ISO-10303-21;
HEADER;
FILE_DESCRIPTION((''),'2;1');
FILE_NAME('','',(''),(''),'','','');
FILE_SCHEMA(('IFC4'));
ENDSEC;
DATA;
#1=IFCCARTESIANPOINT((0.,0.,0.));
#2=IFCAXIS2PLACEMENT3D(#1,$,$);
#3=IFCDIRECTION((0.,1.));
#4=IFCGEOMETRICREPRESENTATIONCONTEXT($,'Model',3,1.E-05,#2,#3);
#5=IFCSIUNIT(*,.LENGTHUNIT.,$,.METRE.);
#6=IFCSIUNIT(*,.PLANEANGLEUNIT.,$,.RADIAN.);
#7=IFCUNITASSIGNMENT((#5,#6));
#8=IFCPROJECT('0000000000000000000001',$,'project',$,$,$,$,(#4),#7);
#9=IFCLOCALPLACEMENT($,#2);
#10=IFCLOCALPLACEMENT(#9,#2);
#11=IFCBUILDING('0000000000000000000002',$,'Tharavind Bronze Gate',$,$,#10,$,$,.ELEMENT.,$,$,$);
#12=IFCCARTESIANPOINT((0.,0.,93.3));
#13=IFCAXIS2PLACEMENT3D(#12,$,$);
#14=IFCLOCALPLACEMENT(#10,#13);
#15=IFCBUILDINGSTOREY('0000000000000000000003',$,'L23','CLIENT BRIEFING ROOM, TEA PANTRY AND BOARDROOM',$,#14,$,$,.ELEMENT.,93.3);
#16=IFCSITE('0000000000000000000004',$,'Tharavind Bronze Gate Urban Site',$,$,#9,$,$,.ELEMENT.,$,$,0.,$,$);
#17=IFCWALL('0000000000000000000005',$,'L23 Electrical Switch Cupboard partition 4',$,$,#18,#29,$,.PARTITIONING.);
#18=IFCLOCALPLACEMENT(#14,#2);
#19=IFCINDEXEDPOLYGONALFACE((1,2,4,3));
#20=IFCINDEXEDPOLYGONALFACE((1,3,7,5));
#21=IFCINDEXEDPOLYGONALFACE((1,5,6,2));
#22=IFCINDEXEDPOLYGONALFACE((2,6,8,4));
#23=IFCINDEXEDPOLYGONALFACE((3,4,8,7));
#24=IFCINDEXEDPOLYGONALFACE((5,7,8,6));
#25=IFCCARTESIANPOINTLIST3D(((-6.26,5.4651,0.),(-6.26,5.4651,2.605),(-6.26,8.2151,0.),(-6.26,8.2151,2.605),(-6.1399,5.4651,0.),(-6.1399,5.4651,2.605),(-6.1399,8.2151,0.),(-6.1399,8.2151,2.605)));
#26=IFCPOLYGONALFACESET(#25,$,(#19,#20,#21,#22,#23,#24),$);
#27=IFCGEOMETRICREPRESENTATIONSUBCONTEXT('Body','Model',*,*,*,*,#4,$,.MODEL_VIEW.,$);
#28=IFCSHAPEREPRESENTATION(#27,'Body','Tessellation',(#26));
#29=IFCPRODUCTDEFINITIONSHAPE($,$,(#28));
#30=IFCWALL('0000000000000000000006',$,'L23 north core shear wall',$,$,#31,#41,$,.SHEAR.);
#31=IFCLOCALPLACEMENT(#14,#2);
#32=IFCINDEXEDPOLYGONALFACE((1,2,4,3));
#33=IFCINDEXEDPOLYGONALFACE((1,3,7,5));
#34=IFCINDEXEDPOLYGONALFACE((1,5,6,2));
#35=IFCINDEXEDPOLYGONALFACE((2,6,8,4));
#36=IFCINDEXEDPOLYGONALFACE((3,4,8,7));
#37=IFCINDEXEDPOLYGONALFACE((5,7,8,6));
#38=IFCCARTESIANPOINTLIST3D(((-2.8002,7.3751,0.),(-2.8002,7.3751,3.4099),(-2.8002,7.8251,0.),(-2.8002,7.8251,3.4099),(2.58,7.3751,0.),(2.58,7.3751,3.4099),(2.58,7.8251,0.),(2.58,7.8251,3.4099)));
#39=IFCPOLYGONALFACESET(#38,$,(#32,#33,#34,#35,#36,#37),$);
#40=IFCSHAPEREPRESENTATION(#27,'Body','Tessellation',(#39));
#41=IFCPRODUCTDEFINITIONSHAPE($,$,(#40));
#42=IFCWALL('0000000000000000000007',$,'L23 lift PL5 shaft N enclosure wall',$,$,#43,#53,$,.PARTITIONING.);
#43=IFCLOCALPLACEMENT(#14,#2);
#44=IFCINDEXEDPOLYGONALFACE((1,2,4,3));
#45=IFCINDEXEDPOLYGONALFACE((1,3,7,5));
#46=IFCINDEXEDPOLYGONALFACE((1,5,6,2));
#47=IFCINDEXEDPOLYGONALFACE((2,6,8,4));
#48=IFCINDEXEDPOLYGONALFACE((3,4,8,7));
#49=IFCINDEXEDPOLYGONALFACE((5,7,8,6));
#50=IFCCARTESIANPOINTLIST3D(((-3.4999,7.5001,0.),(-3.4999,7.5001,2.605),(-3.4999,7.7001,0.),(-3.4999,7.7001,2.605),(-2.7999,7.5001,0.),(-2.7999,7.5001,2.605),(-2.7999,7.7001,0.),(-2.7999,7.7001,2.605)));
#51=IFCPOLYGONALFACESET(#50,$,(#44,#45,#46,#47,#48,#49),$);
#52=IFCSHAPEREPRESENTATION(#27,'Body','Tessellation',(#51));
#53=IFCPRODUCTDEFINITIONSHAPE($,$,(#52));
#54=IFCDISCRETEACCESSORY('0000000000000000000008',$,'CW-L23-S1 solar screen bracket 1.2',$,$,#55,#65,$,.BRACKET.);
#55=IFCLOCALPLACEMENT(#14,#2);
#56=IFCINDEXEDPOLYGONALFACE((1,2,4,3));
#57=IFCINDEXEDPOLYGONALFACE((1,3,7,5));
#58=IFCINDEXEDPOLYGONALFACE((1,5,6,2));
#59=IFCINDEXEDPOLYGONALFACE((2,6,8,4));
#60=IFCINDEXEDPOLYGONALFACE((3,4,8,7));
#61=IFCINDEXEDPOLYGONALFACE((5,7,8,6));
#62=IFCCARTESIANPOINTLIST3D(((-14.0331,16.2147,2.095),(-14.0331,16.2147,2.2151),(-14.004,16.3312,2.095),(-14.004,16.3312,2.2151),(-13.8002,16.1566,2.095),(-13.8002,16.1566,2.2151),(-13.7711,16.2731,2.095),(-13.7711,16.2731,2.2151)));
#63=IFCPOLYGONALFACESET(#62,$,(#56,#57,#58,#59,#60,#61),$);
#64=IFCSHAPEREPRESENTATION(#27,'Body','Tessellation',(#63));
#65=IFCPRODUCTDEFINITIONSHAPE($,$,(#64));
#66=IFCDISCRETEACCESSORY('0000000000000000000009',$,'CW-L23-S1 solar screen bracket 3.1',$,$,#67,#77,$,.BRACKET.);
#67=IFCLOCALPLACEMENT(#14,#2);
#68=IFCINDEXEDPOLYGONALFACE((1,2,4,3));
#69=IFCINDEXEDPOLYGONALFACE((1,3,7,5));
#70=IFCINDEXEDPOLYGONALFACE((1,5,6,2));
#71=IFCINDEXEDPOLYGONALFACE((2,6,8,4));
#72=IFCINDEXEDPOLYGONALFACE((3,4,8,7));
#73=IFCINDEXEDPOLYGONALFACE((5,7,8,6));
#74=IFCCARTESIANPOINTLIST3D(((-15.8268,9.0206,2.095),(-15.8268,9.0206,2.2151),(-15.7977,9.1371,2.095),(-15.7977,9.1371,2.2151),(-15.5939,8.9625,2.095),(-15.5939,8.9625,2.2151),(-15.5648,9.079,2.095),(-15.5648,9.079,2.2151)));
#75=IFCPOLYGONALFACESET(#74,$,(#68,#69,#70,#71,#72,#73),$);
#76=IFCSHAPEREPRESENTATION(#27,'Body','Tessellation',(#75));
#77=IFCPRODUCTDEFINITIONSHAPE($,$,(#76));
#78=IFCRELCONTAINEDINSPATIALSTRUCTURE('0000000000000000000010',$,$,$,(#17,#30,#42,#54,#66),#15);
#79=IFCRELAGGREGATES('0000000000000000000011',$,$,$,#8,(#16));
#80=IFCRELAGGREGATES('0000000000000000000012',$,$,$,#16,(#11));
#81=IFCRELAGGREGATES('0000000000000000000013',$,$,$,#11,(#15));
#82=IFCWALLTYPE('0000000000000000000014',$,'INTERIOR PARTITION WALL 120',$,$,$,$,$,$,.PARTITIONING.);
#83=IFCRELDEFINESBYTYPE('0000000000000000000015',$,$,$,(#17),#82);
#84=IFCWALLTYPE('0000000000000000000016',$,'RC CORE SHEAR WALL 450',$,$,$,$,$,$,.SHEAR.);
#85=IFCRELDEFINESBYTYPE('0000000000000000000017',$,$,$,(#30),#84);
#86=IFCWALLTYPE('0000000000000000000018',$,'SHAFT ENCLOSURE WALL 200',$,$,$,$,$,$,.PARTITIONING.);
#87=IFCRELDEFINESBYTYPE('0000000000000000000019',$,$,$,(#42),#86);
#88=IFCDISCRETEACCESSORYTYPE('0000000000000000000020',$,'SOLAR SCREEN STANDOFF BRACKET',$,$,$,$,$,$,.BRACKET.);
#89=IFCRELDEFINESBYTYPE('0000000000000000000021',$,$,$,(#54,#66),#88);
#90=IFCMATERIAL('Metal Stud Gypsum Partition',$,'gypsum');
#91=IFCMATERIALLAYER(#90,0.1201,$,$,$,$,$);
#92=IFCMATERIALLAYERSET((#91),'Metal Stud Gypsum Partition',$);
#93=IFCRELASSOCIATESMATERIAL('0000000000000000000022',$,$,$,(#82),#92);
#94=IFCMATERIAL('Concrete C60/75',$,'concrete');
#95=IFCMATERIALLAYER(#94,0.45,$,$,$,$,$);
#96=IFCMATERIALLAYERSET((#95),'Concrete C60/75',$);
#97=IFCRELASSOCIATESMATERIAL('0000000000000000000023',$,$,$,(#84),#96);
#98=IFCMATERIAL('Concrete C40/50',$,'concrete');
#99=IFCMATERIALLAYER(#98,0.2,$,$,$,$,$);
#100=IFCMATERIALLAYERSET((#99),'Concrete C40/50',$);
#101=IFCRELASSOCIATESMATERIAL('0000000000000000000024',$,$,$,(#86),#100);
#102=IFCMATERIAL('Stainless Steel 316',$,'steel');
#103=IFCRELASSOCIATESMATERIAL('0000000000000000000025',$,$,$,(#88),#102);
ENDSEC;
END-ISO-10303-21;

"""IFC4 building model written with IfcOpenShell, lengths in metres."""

from ifc_helpers import new_model, si_unit, direction, frame, frame_2d, origin, origin_2d, place, context, subcontext, project, spatial, rectangle, extrude, material, layer, layer_set, type_object, element, save


model = new_model("IFC4")

# Units and contexts
model_context = context("Model", 3, precision=1e-05, world=origin(), true_north=direction((0.0, 1.0)))
body_context = subcontext(model_context, "Body", "Model", "MODEL_VIEW")
ifc_project = project(units=[si_unit("LENGTHUNIT", "METRE"), si_unit("PLANEANGLEUNIT", "RADIAN")], contexts=[model_context])

# Site, building, storey
site_placement = place(None, origin())
site = spatial("IfcSite", under=ifc_project, at=site_placement, Name="Tharavind Bronze Gate Urban Site", CompositionType="ELEMENT", RefElevation=0.0)
building_placement = place(site_placement, origin())
building = spatial("IfcBuilding", under=site, at=building_placement, Name="Tharavind Bronze Gate", CompositionType="ELEMENT")
storey_placement = place(building_placement, frame((0.0, 0.0, 93.3)))
storey = spatial("IfcBuildingStorey", under=building, at=storey_placement, Name="L23", Description="CLIENT BRIEFING ROOM, TEA PANTRY AND BOARDROOM", CompositionType="ELEMENT", Elevation=93.3)

# Shared definitions
ifc_material_1 = material(Name="Concrete C60/75", Category="concrete")

# Shared definitions
ifc_material_2 = material(Name="Concrete C40/50", Category="concrete")

# Walls
ifc_material_3 = material(Name="Metal Stud Gypsum Partition", Category="gypsum")
ifc_layer_1 = layer(ifc_material_3, 0.1201)
ifc_layer_set_1 = layer_set([ifc_layer_1], Name="Metal Stud Gypsum Partition")
wall_type_1 = type_object("IfcWallType", Name="INTERIOR PARTITION WALL 120", PredefinedType="PARTITIONING", material=ifc_layer_set_1)
wall_1_placement = place(storey_placement, frame((-6.2, 8.2151, 0.0), z_axis=(0.0, 0.0, 1.0), x_axis=(0.0, -1.0, 0.0)))
element("IfcWall", 1, at=wall_1_placement, inside=storey, type_object=wall_type_1, Name="L23 Electrical Switch Cupboard partition 4", PredefinedType="PARTITIONING", context=body_context, shape_type="SweptSolid", body=[
    extrude(rectangle(XDim=2.75, YDim=0.1201, at=frame_2d((1.375, 0.0))), origin(), (0.0, 0.0, 1.0), 2.605),
])
ifc_layer_2 = layer(ifc_material_1, 0.45)
ifc_layer_set_2 = layer_set([ifc_layer_2], Name="Concrete C60/75")
wall_type_2 = type_object("IfcWallType", Name="RC CORE SHEAR WALL 450", PredefinedType="SHEAR", material=ifc_layer_set_2)
wall_2_placement = place(storey_placement, frame((-2.8, 7.6001, 0.0), z_axis=(0.0, 0.0, 1.0), x_axis=(1.0, 0.0, 0.0)))
element("IfcWall", 2, at=wall_2_placement, inside=storey, type_object=wall_type_2, Name="L23 north core shear wall", PredefinedType="SHEAR", context=body_context, shape_type="SweptSolid", body=[
    extrude(rectangle(XDim=5.3801, YDim=0.45, at=frame_2d((2.6899, 0.0))), origin(), (0.0, 0.0, 1.0), 3.4099),
])
ifc_layer_3 = layer(ifc_material_2, 0.2)
ifc_layer_set_3 = layer_set([ifc_layer_3], Name="Concrete C40/50")
wall_type_3 = type_object("IfcWallType", Name="SHAFT ENCLOSURE WALL 200", PredefinedType="PARTITIONING", material=ifc_layer_set_3)
wall_3_placement = place(storey_placement, frame((-3.5, 7.6001, 0.0), z_axis=(0.0, 0.0, 1.0), x_axis=(1.0, 0.0, 0.0)))
element("IfcWall", 3, at=wall_3_placement, inside=storey, type_object=wall_type_3, Name="L23 lift PL5 shaft N enclosure wall", PredefinedType="PARTITIONING", context=body_context, shape_type="SweptSolid", body=[
    extrude(rectangle(XDim=0.7, YDim=0.2, at=frame_2d((0.3501, 0.0))), origin(), (0.0, 0.0, 1.0), 2.605),
])

# Discrete accessories
ifc_material_4 = material(Name="Stainless Steel 316", Category="steel")
discrete_accessory_type = type_object("IfcDiscreteAccessoryType", Name="SOLAR SCREEN STANDOFF BRACKET", PredefinedType="BRACKET", material=ifc_material_4)
for number, where, z_axis, x_axis, name in (
    (4, (-13.9021, 16.2439, 2.095), (0.0, 0.0, 1.0), (-0.241922, -0.970296, 0.0), "CW-L23-S1 solar screen bracket 1.2"),
    (5, (-15.6958, 9.0498, 2.095), (0.0, 0.0, 1.0), (-0.241922, -0.970296, 0.0), "CW-L23-S1 solar screen bracket 3.1"),
):
    element("IfcDiscreteAccessory", number, at=place(storey_placement, frame(where, z_axis=z_axis, x_axis=x_axis)), inside=storey, type_object=discrete_accessory_type, Name=name, PredefinedType="BRACKET", context=body_context, shape_type="SweptSolid", body=[
        extrude(rectangle(XDim=0.1201, YDim=0.24, at=origin_2d()), origin(), (0.0, 0.0, 1.0), 0.1201),
    ])

save(model, "model.ifc")
